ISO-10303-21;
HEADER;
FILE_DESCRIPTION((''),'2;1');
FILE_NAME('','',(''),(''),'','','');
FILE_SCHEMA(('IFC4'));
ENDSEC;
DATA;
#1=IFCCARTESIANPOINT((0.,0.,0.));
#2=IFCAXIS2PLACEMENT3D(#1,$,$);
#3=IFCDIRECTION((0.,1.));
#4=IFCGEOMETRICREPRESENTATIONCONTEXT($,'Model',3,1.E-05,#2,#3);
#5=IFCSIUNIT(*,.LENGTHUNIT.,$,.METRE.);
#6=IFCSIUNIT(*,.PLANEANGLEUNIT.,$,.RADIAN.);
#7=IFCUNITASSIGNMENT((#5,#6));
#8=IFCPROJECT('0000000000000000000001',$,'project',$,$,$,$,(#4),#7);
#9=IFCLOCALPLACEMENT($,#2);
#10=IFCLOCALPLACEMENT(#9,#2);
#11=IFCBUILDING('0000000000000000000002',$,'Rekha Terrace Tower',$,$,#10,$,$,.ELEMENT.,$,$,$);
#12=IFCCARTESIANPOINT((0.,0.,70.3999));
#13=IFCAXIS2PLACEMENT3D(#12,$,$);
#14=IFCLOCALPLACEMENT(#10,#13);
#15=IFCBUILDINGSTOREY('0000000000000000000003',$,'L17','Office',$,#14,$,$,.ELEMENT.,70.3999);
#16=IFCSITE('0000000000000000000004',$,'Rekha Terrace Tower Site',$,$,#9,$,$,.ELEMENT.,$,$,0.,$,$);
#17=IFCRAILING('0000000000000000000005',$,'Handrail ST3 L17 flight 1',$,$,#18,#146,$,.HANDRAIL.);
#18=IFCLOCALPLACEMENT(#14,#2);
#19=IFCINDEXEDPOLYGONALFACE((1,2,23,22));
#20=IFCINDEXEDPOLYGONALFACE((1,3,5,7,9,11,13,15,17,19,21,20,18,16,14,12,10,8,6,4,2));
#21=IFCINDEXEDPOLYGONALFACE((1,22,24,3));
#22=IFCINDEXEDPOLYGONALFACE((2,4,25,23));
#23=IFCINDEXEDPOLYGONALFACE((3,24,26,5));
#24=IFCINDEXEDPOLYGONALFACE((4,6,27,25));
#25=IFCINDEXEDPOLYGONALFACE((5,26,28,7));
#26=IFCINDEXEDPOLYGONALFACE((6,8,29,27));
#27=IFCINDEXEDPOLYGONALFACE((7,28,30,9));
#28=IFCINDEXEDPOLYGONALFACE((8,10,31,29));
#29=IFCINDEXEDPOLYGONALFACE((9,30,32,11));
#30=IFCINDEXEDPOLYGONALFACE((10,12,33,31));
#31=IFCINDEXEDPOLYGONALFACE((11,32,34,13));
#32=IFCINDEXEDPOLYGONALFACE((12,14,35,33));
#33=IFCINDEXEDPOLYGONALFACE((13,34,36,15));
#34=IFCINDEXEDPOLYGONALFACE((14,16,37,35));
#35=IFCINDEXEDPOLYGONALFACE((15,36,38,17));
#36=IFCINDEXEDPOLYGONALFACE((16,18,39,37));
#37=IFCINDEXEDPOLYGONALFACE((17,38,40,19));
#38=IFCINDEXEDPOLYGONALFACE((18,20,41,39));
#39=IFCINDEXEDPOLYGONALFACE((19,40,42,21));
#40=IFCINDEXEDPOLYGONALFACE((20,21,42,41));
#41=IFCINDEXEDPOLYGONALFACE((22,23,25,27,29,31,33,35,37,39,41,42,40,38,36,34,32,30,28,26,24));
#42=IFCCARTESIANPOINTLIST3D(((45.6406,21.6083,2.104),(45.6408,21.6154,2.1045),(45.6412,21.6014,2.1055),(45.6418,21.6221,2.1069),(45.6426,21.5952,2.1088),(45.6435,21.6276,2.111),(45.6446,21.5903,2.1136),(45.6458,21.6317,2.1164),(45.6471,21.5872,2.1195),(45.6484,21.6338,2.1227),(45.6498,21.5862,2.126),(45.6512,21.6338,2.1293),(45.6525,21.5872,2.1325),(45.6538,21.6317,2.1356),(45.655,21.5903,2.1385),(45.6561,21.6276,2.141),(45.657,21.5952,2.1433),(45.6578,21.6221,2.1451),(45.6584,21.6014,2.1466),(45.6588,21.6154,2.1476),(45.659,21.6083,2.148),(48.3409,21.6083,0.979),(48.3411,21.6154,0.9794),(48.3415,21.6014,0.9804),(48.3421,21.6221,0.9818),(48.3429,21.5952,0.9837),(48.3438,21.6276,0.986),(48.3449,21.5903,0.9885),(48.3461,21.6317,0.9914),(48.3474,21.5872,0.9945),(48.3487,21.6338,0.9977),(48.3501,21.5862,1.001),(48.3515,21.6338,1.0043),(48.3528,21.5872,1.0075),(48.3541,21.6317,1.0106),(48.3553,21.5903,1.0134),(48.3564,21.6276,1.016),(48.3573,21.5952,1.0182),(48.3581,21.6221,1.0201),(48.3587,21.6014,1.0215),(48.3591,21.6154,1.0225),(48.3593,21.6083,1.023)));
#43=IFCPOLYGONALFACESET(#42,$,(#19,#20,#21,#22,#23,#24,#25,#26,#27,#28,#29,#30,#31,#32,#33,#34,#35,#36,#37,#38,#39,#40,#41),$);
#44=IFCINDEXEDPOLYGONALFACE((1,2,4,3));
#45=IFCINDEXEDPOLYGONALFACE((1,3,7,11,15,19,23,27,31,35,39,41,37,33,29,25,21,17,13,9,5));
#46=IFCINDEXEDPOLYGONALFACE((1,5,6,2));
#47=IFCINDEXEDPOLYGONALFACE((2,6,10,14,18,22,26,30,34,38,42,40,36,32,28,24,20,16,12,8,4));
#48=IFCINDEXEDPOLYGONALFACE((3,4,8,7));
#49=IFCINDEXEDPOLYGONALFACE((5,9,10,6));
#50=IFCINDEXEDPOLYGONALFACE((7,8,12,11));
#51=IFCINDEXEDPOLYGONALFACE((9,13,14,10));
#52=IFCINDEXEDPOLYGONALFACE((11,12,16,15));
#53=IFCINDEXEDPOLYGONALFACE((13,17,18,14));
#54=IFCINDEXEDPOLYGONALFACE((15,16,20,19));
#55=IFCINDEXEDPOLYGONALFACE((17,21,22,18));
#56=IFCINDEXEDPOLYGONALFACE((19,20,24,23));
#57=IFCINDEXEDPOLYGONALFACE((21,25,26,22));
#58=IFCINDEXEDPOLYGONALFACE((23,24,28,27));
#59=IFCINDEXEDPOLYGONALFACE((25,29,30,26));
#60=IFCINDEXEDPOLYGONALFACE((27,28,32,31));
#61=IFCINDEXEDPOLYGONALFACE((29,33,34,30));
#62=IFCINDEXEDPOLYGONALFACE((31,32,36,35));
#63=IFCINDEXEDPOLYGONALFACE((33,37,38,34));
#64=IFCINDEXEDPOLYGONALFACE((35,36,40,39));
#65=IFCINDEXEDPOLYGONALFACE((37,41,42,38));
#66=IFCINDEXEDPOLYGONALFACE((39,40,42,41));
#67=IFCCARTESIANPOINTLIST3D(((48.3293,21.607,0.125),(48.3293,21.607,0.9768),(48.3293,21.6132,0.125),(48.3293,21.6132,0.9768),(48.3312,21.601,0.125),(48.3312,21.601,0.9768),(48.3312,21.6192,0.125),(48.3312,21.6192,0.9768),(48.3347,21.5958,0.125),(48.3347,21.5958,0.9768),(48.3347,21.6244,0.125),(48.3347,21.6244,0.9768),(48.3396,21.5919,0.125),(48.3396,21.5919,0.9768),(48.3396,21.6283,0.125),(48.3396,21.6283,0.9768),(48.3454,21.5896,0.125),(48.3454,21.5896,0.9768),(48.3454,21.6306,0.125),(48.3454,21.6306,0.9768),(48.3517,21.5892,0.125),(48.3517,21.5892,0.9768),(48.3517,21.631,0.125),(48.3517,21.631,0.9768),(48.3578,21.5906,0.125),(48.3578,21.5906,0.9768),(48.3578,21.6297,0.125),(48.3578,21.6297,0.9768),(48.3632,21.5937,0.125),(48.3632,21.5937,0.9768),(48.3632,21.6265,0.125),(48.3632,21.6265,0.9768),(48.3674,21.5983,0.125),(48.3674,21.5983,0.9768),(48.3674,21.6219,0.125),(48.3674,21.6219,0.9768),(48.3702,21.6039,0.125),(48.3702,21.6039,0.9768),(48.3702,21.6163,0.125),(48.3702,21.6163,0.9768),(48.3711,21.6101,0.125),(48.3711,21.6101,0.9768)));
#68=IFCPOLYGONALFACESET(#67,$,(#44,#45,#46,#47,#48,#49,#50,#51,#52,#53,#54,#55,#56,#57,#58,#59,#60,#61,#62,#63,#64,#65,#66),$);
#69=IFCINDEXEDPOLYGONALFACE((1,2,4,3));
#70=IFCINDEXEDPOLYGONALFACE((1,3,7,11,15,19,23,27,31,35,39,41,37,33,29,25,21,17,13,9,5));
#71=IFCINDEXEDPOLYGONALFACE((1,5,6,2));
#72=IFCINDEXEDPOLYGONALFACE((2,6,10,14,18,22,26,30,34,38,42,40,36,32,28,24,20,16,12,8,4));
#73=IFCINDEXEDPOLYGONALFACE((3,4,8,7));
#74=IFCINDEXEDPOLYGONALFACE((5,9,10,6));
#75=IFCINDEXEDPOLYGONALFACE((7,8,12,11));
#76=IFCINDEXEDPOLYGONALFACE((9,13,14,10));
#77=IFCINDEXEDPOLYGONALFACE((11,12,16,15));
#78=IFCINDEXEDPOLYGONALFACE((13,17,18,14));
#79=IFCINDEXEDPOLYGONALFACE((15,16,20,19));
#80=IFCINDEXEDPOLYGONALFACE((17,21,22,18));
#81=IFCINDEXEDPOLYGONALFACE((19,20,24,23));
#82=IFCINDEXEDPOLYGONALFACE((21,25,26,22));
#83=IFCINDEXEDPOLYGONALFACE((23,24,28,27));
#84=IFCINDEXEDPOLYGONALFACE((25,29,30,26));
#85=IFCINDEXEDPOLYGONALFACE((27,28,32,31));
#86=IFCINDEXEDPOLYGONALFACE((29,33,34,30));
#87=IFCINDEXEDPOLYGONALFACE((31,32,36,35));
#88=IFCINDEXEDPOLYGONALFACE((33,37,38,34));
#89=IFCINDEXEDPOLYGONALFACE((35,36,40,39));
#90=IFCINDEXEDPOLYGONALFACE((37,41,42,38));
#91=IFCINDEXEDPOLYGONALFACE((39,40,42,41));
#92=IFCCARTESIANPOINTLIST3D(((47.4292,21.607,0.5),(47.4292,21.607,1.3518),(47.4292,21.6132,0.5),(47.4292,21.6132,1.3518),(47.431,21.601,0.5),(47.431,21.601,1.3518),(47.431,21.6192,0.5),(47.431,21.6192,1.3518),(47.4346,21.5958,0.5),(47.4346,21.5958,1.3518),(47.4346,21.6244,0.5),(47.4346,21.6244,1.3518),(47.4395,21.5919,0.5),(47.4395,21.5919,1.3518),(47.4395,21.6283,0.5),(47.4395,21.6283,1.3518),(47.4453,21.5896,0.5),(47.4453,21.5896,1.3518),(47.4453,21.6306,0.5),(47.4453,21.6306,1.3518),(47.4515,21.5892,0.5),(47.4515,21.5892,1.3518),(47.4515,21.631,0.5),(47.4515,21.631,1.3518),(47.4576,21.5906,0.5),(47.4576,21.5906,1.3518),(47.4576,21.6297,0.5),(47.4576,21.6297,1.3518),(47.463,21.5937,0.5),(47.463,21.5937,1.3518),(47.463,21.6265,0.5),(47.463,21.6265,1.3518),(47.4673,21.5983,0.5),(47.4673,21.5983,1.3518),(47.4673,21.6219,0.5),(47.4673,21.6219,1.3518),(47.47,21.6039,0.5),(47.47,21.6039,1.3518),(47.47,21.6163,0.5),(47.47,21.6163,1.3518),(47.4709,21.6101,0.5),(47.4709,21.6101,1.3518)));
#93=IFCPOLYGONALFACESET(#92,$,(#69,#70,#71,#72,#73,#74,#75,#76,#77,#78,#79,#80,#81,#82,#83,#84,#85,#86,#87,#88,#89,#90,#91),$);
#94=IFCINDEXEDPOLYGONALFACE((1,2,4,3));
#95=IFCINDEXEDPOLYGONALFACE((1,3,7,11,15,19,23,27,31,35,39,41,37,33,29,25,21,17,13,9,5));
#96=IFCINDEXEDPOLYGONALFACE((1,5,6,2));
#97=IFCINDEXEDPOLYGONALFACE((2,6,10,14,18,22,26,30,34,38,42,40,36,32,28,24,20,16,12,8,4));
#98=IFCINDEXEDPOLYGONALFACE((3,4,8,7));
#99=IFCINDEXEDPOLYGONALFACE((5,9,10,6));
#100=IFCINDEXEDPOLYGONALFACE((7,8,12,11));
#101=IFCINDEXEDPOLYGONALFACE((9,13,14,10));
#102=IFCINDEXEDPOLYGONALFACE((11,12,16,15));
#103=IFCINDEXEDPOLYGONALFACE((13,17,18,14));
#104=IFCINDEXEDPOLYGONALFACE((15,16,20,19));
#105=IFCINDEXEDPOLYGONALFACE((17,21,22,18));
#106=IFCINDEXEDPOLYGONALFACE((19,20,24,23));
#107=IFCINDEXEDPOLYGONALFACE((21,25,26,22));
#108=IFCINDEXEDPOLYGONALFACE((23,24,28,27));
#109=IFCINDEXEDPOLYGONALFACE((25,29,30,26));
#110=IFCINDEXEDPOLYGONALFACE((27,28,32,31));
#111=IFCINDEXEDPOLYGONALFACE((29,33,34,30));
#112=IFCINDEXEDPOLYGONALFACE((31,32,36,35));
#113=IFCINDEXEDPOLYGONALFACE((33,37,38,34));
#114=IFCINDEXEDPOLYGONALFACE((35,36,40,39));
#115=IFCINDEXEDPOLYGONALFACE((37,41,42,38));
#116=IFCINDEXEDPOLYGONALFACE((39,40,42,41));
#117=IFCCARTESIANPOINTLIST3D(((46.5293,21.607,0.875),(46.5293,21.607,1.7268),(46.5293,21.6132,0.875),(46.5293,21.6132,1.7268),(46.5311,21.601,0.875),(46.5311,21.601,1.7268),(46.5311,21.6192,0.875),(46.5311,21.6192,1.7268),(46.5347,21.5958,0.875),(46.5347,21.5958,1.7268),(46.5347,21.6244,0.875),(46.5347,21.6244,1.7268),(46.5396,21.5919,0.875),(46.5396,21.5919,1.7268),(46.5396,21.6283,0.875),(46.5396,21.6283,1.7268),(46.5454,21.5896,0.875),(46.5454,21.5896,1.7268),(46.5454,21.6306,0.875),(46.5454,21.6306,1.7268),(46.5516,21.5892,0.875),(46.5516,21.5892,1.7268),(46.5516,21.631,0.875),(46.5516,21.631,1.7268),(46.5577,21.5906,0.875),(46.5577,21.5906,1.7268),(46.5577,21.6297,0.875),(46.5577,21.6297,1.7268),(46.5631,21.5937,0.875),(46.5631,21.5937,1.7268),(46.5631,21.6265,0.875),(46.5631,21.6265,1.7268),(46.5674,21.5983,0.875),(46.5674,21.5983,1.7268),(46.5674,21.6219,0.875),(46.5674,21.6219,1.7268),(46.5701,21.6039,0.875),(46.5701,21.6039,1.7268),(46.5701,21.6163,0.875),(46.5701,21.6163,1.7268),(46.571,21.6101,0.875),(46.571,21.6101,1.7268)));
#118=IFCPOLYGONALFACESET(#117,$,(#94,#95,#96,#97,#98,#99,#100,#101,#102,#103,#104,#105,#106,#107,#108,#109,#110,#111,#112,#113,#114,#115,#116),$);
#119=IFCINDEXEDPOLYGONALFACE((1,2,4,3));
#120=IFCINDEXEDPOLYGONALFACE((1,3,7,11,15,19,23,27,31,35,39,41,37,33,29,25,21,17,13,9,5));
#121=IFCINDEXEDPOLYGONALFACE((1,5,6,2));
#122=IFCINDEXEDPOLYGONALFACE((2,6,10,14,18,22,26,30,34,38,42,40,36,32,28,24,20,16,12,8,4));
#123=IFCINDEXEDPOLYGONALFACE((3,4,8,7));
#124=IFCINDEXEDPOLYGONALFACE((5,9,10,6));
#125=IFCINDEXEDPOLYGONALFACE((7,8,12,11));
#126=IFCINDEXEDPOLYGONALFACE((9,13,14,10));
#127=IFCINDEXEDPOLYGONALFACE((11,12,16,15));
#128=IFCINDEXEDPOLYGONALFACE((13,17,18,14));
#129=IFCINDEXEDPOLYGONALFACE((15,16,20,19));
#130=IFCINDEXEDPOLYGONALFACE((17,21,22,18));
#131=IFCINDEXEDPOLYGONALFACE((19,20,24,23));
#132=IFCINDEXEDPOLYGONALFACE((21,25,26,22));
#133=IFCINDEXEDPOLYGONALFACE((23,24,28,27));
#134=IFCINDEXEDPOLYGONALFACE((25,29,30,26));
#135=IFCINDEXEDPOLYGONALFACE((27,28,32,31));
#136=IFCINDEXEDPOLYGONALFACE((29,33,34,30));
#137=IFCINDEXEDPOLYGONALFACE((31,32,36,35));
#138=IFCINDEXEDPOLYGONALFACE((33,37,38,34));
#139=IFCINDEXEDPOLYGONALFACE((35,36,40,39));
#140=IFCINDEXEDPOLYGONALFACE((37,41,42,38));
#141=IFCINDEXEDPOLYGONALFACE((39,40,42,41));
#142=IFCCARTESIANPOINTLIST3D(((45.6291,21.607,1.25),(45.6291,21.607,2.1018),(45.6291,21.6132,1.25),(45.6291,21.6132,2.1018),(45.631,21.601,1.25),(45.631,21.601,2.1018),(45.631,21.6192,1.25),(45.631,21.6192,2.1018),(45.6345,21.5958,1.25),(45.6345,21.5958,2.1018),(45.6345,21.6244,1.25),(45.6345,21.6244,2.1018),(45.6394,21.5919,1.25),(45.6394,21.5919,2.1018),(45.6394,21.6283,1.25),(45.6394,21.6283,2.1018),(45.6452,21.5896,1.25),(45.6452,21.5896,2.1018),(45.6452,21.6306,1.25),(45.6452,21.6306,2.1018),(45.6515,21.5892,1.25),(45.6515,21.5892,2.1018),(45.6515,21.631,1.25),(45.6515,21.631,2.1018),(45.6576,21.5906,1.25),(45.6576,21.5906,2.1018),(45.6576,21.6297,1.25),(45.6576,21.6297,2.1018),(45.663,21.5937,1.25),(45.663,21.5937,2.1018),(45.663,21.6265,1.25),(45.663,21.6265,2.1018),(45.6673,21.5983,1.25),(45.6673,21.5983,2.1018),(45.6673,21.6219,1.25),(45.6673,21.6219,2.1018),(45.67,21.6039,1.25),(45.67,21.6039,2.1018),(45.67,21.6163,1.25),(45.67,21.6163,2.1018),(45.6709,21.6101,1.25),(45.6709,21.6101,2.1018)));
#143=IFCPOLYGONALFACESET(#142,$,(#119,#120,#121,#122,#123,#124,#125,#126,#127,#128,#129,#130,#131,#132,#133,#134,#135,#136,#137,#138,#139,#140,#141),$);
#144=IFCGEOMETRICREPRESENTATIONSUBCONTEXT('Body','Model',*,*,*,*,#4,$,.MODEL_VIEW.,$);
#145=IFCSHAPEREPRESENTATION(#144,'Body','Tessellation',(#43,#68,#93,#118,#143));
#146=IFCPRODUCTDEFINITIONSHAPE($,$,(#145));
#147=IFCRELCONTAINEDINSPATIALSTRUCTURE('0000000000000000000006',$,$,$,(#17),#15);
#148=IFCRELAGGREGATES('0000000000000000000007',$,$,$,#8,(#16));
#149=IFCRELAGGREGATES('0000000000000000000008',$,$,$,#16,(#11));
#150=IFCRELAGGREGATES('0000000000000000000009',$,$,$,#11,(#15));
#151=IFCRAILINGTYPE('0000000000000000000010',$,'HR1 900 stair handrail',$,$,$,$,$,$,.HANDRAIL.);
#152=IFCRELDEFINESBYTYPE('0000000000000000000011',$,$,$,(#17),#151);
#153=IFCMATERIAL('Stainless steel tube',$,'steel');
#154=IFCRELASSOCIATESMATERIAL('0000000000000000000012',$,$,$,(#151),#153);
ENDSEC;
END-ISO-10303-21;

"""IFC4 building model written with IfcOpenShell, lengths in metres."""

from ifc_helpers import new_model, si_unit, direction, frame, origin, origin_2d, place, context, subcontext, project, spatial, circle, extrude, material, type_object, element, save


model = new_model("IFC4")

# Units and contexts
model_context = context("Model", 3, precision=1e-05, world=origin(), true_north=direction((0.0, 1.0)))
body_context = subcontext(model_context, "Body", "Model", "MODEL_VIEW")
ifc_project = project(units=[si_unit("LENGTHUNIT", "METRE"), si_unit("PLANEANGLEUNIT", "RADIAN")], contexts=[model_context])

# Site, building, storey
site_placement = place(None, origin())
site = spatial("IfcSite", under=ifc_project, at=site_placement, Name="Rekha Terrace Tower Site", CompositionType="ELEMENT", RefElevation=0.0)
building_placement = place(site_placement, origin())
building = spatial("IfcBuilding", under=site, at=building_placement, Name="Rekha Terrace Tower", CompositionType="ELEMENT")
storey_placement = place(building_placement, frame((0.0, 0.0, 70.3999)))
storey = spatial("IfcBuildingStorey", under=building, at=storey_placement, Name="L17", Description="Office", CompositionType="ELEMENT", Elevation=70.3999)

# Railing
ifc_material_1 = material(Name="Stainless steel tube", Category="steel")
railing_type_1 = type_object("IfcRailingType", Name="HR1 900 stair handrail", PredefinedType="HANDRAIL", material=ifc_material_1)
railing_1_placement = place(storey_placement, frame((48.3501, 21.6101, 0.125)))
element("IfcRailing", 1, at=railing_1_placement, inside=storey, type_object=railing_type_1, Name="Handrail ST3 L17 flight 1", PredefinedType="HANDRAIL", context=body_context, shape_type="SweptSolid", body=[
    extrude(circle(Radius=0.0239, at=origin_2d()), frame((0.0, 0.0, 0.876), z_axis=(-0.923087, 0.0, 0.384592), x_axis=(0.0, -1.0, 0.0)), (0.0, 0.0, 1.0), 2.9253),
    extrude(circle(Radius=0.021, at=origin_2d()), origin(), (0.0, 0.0, 1.0), 0.8518),
    extrude(circle(Radius=0.021, at=origin_2d()), frame((-0.9001, 0.0, 0.375)), (0.0, 0.0, 1.0), 0.8518),
    extrude(circle(Radius=0.021, at=origin_2d()), frame((-1.8, 0.0, 0.75)), (0.0, 0.0, 1.0), 0.8518),
    extrude(circle(Radius=0.021, at=origin_2d()), frame((-2.7002, 0.0, 1.125)), (0.0, 0.0, 1.0), 0.8518),
])

save(model, "model.ifc")
